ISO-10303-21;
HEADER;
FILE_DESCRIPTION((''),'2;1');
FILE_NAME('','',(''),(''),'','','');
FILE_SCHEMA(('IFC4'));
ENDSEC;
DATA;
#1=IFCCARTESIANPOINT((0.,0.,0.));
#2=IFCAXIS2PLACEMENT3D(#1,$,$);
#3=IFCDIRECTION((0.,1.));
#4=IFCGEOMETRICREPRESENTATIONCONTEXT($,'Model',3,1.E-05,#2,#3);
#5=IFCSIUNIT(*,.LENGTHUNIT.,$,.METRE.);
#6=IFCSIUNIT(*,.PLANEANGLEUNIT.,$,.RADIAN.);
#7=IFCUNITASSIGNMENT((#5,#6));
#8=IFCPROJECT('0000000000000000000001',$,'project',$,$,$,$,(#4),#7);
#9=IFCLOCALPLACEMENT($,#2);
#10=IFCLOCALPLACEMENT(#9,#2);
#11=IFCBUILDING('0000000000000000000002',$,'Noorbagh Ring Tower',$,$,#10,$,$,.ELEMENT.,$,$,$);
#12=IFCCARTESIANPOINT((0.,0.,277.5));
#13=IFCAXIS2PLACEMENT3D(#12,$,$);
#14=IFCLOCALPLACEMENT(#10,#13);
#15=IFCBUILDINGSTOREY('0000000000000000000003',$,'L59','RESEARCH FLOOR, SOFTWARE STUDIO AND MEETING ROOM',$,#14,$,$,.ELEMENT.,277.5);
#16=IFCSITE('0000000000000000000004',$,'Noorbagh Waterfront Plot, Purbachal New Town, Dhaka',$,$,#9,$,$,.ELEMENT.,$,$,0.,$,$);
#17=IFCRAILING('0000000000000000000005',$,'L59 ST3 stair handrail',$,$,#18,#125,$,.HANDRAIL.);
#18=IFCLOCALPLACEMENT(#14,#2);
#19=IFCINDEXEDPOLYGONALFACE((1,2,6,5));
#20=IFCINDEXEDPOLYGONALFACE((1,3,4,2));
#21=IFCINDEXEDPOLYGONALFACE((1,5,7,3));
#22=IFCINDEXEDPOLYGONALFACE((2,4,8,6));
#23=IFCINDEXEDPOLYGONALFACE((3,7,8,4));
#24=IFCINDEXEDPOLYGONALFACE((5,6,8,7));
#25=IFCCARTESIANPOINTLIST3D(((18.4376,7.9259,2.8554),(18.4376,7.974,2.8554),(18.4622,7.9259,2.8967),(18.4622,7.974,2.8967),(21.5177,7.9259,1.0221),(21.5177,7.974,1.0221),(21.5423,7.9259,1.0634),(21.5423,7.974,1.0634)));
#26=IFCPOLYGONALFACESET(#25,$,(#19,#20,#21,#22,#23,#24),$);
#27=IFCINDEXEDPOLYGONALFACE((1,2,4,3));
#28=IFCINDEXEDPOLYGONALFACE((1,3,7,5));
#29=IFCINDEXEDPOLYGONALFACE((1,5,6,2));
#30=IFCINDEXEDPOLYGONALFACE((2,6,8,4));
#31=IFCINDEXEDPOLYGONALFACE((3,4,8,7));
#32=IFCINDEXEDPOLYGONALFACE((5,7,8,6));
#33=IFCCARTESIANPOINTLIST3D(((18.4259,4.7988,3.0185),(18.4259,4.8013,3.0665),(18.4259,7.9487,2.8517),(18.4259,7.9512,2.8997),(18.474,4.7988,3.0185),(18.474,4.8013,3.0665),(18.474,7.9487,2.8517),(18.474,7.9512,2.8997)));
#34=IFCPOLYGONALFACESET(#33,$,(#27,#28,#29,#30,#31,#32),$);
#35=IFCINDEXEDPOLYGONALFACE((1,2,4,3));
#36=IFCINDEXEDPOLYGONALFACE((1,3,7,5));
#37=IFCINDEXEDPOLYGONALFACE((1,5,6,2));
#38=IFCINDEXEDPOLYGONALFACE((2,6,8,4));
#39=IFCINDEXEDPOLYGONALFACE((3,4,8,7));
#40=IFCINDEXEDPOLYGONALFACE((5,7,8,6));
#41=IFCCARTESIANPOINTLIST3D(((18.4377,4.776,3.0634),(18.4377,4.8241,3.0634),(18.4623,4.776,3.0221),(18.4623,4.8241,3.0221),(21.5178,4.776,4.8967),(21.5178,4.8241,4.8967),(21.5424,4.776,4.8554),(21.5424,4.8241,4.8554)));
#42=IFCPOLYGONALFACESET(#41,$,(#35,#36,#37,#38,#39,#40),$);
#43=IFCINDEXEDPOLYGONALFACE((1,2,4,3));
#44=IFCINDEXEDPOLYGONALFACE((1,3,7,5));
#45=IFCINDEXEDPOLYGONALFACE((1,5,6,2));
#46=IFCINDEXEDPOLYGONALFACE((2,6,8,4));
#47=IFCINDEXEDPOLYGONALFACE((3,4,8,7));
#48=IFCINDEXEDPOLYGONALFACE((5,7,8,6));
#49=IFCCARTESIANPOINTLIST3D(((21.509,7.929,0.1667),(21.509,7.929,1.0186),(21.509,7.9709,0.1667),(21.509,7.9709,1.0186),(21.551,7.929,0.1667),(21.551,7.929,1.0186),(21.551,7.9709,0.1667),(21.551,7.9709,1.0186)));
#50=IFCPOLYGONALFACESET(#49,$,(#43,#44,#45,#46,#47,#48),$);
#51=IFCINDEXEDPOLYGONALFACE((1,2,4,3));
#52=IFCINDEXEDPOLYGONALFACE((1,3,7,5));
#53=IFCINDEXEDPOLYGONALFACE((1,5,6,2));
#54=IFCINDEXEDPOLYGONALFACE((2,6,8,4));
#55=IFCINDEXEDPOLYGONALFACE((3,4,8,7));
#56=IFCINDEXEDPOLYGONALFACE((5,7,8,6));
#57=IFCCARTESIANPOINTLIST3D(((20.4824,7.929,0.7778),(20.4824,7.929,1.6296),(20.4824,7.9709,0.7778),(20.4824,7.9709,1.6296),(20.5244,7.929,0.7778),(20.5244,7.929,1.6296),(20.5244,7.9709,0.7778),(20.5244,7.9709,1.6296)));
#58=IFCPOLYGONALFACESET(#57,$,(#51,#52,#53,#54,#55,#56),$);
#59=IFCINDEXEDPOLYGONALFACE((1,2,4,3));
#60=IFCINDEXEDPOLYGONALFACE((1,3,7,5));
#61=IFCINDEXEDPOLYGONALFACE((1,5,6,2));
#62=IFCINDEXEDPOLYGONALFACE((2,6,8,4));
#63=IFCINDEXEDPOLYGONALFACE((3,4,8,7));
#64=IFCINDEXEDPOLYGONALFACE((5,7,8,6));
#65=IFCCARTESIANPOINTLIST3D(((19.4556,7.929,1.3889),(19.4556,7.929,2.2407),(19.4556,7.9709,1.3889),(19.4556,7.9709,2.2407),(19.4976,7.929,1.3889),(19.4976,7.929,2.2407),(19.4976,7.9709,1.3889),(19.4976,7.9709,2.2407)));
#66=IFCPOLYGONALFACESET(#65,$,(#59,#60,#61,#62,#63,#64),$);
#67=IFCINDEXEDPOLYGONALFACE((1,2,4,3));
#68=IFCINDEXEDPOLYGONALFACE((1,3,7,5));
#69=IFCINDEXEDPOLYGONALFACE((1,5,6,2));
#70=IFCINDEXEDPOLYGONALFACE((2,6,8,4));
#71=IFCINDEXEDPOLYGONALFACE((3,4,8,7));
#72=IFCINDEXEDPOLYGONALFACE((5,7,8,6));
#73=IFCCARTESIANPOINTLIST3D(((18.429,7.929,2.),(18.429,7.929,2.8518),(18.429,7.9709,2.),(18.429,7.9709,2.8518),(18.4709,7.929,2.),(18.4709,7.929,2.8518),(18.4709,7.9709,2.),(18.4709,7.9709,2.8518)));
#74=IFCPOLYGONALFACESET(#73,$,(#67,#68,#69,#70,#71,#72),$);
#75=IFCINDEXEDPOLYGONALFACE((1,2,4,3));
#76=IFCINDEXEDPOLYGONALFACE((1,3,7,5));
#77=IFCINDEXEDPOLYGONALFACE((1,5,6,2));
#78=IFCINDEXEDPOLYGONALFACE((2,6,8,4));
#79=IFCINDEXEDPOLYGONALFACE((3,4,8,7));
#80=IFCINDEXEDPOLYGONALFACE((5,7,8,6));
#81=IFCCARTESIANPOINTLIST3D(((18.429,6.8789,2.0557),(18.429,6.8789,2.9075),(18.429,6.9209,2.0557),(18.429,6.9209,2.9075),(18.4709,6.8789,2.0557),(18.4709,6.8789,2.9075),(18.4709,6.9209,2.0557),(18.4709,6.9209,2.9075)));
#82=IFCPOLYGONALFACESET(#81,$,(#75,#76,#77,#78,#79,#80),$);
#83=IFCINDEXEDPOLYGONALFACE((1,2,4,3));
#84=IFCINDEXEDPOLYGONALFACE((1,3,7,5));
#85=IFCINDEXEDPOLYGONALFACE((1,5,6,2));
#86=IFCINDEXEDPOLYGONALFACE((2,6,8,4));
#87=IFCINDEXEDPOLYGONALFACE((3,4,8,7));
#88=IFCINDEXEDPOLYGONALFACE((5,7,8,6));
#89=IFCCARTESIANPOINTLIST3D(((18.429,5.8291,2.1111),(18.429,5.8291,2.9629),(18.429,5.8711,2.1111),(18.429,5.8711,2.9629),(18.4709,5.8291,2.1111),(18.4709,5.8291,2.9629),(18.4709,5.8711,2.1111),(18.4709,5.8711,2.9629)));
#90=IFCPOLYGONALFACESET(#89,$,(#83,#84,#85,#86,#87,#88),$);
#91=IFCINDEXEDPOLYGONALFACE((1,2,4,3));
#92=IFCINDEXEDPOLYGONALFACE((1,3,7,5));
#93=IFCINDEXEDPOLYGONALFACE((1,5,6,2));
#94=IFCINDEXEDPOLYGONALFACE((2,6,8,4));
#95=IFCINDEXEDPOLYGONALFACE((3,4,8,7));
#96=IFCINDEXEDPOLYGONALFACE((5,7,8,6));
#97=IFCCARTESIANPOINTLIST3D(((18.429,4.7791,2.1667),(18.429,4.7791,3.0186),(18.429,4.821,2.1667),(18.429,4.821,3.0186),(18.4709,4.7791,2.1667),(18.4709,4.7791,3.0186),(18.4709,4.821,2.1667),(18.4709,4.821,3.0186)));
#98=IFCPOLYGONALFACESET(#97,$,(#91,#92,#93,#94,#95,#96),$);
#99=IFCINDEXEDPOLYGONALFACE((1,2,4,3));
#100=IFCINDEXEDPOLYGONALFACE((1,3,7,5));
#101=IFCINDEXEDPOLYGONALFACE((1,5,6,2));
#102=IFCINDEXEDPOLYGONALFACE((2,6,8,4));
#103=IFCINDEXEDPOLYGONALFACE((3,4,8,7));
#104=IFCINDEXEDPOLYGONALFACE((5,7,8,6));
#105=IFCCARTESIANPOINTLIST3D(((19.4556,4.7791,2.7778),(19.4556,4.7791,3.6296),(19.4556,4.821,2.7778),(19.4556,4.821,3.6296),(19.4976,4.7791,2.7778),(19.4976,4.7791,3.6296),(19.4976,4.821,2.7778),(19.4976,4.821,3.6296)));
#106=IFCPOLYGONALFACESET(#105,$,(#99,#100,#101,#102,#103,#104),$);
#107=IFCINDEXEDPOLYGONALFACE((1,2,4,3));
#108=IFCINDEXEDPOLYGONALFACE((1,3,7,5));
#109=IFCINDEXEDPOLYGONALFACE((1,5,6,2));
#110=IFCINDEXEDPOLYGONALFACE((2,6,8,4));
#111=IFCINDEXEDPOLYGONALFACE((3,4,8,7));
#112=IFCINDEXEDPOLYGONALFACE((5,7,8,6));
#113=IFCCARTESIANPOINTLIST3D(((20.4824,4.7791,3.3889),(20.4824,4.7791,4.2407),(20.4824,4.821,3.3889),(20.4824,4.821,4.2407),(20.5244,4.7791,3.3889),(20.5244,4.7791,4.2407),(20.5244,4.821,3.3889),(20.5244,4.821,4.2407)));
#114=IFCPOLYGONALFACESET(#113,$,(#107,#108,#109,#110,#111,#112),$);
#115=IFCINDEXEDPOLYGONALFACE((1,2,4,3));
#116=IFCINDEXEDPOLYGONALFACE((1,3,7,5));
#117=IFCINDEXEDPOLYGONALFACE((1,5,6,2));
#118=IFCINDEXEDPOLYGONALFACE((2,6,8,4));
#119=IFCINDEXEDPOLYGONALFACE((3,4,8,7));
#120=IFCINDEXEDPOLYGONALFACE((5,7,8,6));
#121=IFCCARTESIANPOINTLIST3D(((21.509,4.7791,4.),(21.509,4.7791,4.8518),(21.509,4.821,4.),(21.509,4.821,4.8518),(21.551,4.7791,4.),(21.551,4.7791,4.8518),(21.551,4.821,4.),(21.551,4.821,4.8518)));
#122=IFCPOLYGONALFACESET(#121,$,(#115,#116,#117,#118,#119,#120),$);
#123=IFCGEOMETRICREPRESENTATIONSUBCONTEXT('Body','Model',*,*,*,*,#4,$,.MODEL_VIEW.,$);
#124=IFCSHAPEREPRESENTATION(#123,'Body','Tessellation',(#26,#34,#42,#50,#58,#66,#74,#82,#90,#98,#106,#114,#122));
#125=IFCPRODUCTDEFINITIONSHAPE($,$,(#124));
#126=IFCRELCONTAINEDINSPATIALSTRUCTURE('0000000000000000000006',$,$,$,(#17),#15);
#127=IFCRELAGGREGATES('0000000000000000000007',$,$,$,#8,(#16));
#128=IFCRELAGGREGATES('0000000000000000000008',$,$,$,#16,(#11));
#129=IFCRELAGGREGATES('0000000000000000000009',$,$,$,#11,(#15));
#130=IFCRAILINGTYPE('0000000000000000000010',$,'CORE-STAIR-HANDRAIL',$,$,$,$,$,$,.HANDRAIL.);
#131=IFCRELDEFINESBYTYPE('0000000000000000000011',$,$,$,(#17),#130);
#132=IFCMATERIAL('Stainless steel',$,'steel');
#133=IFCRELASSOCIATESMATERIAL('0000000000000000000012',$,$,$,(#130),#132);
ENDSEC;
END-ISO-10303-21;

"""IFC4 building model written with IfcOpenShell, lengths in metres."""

from ifc_helpers import new_model, si_unit, direction, frame, origin, origin_2d, place, context, subcontext, project, spatial, rectangle, extrude, material, type_object, element, save


model = new_model("IFC4")

# Units and contexts
model_context = context("Model", 3, precision=1e-05, world=origin(), true_north=direction((0.0, 1.0)))
body_context = subcontext(model_context, "Body", "Model", "MODEL_VIEW")
ifc_project = project(units=[si_unit("LENGTHUNIT", "METRE"), si_unit("PLANEANGLEUNIT", "RADIAN")], contexts=[model_context])

# Site, building, storey
site_placement = place(None, origin())
site = spatial("IfcSite", under=ifc_project, at=site_placement, Name="Noorbagh Waterfront Plot, Purbachal New Town, Dhaka", CompositionType="ELEMENT", RefElevation=0.0)
building_placement = place(site_placement, origin())
building = spatial("IfcBuilding", under=site, at=building_placement, Name="Noorbagh Ring Tower", CompositionType="ELEMENT")
storey_placement = place(building_placement, frame((0.0, 0.0, 277.5)))
storey = spatial("IfcBuildingStorey", under=building, at=storey_placement, Name="L59", Description="RESEARCH FLOOR, SOFTWARE STUDIO AND MEETING ROOM", CompositionType="ELEMENT", Elevation=277.5)

# Railing
ifc_material_1 = material(Name="Stainless steel", Category="steel")
railing_type_1 = type_object("IfcRailingType", Name="CORE-STAIR-HANDRAIL", PredefinedType="HANDRAIL", material=ifc_material_1)
railing_1_placement = place(storey_placement, frame((21.53, 7.95, 0.1667)))
element("IfcRailing", 1, at=railing_1_placement, inside=storey, type_object=railing_type_1, Name="L59 ST3 stair handrail", PredefinedType="HANDRAIL", context=body_context, shape_type="SweptSolid", body=[
    extrude(rectangle(XDim=0.0481, YDim=0.0481, at=origin_2d()), frame((0.0, 0.0, 0.876), z_axis=(-0.859309, 0.0, 0.511458), x_axis=(0.0, -1.0, 0.0)), (0.0, 0.0, 1.0), 3.5845),
    extrude(rectangle(XDim=0.0481, YDim=0.0481, at=origin_2d()), frame((-3.0801, 0.0, 2.709), z_axis=(0.0, -0.998602, 0.052864), x_axis=(1.0, 0.0, 0.0)), (0.0, 0.0, 1.0), 3.1543),
    extrude(rectangle(XDim=0.0481, YDim=0.0481, at=origin_2d()), frame((-3.0801, -3.1499, 2.876), z_axis=(0.859309, 0.0, 0.511458), x_axis=(0.0, 1.0, 0.0)), (0.0, 0.0, 1.0), 3.5845),
    extrude(rectangle(XDim=0.042, YDim=0.042, at=origin_2d()), origin(), (0.0, 0.0, 1.0), 0.8518),
    extrude(rectangle(XDim=0.042, YDim=0.042, at=origin_2d()), frame((-1.0266, 0.0, 0.6111)), (0.0, 0.0, 1.0), 0.8518),
    extrude(rectangle(XDim=0.042, YDim=0.042, at=origin_2d()), frame((-2.0535, 0.0, 1.2222)), (0.0, 0.0, 1.0), 0.8518),
    extrude(rectangle(XDim=0.042, YDim=0.042, at=origin_2d()), frame((-3.0801, 0.0, 1.8333)), (0.0, 0.0, 1.0), 0.8518),
    extrude(rectangle(XDim=0.042, YDim=0.042, at=origin_2d()), frame((-3.0801, -1.05, 1.8889)), (0.0, 0.0, 1.0), 0.8518),
    extrude(rectangle(XDim=0.042, YDim=0.042, at=origin_2d()), frame((-3.0801, -2.0999, 1.9443)), (0.0, 0.0, 1.0), 0.8518),
    extrude(rectangle(XDim=0.042, YDim=0.042, at=origin_2d()), frame((-3.0801, -3.1499, 2.0)), (0.0, 0.0, 1.0), 0.8518),
    extrude(rectangle(XDim=0.042, YDim=0.042, at=origin_2d()), frame((-2.0535, -3.1499, 2.6111)), (0.0, 0.0, 1.0), 0.8518),
    extrude(rectangle(XDim=0.042, YDim=0.042, at=origin_2d()), frame((-1.0266, -3.1499, 3.2222)), (0.0, 0.0, 1.0), 0.8518),
    extrude(rectangle(XDim=0.042, YDim=0.042, at=origin_2d()), frame((0.0, -3.1499, 3.8333)), (0.0, 0.0, 1.0), 0.8518),
])

save(model, "model.ifc")
